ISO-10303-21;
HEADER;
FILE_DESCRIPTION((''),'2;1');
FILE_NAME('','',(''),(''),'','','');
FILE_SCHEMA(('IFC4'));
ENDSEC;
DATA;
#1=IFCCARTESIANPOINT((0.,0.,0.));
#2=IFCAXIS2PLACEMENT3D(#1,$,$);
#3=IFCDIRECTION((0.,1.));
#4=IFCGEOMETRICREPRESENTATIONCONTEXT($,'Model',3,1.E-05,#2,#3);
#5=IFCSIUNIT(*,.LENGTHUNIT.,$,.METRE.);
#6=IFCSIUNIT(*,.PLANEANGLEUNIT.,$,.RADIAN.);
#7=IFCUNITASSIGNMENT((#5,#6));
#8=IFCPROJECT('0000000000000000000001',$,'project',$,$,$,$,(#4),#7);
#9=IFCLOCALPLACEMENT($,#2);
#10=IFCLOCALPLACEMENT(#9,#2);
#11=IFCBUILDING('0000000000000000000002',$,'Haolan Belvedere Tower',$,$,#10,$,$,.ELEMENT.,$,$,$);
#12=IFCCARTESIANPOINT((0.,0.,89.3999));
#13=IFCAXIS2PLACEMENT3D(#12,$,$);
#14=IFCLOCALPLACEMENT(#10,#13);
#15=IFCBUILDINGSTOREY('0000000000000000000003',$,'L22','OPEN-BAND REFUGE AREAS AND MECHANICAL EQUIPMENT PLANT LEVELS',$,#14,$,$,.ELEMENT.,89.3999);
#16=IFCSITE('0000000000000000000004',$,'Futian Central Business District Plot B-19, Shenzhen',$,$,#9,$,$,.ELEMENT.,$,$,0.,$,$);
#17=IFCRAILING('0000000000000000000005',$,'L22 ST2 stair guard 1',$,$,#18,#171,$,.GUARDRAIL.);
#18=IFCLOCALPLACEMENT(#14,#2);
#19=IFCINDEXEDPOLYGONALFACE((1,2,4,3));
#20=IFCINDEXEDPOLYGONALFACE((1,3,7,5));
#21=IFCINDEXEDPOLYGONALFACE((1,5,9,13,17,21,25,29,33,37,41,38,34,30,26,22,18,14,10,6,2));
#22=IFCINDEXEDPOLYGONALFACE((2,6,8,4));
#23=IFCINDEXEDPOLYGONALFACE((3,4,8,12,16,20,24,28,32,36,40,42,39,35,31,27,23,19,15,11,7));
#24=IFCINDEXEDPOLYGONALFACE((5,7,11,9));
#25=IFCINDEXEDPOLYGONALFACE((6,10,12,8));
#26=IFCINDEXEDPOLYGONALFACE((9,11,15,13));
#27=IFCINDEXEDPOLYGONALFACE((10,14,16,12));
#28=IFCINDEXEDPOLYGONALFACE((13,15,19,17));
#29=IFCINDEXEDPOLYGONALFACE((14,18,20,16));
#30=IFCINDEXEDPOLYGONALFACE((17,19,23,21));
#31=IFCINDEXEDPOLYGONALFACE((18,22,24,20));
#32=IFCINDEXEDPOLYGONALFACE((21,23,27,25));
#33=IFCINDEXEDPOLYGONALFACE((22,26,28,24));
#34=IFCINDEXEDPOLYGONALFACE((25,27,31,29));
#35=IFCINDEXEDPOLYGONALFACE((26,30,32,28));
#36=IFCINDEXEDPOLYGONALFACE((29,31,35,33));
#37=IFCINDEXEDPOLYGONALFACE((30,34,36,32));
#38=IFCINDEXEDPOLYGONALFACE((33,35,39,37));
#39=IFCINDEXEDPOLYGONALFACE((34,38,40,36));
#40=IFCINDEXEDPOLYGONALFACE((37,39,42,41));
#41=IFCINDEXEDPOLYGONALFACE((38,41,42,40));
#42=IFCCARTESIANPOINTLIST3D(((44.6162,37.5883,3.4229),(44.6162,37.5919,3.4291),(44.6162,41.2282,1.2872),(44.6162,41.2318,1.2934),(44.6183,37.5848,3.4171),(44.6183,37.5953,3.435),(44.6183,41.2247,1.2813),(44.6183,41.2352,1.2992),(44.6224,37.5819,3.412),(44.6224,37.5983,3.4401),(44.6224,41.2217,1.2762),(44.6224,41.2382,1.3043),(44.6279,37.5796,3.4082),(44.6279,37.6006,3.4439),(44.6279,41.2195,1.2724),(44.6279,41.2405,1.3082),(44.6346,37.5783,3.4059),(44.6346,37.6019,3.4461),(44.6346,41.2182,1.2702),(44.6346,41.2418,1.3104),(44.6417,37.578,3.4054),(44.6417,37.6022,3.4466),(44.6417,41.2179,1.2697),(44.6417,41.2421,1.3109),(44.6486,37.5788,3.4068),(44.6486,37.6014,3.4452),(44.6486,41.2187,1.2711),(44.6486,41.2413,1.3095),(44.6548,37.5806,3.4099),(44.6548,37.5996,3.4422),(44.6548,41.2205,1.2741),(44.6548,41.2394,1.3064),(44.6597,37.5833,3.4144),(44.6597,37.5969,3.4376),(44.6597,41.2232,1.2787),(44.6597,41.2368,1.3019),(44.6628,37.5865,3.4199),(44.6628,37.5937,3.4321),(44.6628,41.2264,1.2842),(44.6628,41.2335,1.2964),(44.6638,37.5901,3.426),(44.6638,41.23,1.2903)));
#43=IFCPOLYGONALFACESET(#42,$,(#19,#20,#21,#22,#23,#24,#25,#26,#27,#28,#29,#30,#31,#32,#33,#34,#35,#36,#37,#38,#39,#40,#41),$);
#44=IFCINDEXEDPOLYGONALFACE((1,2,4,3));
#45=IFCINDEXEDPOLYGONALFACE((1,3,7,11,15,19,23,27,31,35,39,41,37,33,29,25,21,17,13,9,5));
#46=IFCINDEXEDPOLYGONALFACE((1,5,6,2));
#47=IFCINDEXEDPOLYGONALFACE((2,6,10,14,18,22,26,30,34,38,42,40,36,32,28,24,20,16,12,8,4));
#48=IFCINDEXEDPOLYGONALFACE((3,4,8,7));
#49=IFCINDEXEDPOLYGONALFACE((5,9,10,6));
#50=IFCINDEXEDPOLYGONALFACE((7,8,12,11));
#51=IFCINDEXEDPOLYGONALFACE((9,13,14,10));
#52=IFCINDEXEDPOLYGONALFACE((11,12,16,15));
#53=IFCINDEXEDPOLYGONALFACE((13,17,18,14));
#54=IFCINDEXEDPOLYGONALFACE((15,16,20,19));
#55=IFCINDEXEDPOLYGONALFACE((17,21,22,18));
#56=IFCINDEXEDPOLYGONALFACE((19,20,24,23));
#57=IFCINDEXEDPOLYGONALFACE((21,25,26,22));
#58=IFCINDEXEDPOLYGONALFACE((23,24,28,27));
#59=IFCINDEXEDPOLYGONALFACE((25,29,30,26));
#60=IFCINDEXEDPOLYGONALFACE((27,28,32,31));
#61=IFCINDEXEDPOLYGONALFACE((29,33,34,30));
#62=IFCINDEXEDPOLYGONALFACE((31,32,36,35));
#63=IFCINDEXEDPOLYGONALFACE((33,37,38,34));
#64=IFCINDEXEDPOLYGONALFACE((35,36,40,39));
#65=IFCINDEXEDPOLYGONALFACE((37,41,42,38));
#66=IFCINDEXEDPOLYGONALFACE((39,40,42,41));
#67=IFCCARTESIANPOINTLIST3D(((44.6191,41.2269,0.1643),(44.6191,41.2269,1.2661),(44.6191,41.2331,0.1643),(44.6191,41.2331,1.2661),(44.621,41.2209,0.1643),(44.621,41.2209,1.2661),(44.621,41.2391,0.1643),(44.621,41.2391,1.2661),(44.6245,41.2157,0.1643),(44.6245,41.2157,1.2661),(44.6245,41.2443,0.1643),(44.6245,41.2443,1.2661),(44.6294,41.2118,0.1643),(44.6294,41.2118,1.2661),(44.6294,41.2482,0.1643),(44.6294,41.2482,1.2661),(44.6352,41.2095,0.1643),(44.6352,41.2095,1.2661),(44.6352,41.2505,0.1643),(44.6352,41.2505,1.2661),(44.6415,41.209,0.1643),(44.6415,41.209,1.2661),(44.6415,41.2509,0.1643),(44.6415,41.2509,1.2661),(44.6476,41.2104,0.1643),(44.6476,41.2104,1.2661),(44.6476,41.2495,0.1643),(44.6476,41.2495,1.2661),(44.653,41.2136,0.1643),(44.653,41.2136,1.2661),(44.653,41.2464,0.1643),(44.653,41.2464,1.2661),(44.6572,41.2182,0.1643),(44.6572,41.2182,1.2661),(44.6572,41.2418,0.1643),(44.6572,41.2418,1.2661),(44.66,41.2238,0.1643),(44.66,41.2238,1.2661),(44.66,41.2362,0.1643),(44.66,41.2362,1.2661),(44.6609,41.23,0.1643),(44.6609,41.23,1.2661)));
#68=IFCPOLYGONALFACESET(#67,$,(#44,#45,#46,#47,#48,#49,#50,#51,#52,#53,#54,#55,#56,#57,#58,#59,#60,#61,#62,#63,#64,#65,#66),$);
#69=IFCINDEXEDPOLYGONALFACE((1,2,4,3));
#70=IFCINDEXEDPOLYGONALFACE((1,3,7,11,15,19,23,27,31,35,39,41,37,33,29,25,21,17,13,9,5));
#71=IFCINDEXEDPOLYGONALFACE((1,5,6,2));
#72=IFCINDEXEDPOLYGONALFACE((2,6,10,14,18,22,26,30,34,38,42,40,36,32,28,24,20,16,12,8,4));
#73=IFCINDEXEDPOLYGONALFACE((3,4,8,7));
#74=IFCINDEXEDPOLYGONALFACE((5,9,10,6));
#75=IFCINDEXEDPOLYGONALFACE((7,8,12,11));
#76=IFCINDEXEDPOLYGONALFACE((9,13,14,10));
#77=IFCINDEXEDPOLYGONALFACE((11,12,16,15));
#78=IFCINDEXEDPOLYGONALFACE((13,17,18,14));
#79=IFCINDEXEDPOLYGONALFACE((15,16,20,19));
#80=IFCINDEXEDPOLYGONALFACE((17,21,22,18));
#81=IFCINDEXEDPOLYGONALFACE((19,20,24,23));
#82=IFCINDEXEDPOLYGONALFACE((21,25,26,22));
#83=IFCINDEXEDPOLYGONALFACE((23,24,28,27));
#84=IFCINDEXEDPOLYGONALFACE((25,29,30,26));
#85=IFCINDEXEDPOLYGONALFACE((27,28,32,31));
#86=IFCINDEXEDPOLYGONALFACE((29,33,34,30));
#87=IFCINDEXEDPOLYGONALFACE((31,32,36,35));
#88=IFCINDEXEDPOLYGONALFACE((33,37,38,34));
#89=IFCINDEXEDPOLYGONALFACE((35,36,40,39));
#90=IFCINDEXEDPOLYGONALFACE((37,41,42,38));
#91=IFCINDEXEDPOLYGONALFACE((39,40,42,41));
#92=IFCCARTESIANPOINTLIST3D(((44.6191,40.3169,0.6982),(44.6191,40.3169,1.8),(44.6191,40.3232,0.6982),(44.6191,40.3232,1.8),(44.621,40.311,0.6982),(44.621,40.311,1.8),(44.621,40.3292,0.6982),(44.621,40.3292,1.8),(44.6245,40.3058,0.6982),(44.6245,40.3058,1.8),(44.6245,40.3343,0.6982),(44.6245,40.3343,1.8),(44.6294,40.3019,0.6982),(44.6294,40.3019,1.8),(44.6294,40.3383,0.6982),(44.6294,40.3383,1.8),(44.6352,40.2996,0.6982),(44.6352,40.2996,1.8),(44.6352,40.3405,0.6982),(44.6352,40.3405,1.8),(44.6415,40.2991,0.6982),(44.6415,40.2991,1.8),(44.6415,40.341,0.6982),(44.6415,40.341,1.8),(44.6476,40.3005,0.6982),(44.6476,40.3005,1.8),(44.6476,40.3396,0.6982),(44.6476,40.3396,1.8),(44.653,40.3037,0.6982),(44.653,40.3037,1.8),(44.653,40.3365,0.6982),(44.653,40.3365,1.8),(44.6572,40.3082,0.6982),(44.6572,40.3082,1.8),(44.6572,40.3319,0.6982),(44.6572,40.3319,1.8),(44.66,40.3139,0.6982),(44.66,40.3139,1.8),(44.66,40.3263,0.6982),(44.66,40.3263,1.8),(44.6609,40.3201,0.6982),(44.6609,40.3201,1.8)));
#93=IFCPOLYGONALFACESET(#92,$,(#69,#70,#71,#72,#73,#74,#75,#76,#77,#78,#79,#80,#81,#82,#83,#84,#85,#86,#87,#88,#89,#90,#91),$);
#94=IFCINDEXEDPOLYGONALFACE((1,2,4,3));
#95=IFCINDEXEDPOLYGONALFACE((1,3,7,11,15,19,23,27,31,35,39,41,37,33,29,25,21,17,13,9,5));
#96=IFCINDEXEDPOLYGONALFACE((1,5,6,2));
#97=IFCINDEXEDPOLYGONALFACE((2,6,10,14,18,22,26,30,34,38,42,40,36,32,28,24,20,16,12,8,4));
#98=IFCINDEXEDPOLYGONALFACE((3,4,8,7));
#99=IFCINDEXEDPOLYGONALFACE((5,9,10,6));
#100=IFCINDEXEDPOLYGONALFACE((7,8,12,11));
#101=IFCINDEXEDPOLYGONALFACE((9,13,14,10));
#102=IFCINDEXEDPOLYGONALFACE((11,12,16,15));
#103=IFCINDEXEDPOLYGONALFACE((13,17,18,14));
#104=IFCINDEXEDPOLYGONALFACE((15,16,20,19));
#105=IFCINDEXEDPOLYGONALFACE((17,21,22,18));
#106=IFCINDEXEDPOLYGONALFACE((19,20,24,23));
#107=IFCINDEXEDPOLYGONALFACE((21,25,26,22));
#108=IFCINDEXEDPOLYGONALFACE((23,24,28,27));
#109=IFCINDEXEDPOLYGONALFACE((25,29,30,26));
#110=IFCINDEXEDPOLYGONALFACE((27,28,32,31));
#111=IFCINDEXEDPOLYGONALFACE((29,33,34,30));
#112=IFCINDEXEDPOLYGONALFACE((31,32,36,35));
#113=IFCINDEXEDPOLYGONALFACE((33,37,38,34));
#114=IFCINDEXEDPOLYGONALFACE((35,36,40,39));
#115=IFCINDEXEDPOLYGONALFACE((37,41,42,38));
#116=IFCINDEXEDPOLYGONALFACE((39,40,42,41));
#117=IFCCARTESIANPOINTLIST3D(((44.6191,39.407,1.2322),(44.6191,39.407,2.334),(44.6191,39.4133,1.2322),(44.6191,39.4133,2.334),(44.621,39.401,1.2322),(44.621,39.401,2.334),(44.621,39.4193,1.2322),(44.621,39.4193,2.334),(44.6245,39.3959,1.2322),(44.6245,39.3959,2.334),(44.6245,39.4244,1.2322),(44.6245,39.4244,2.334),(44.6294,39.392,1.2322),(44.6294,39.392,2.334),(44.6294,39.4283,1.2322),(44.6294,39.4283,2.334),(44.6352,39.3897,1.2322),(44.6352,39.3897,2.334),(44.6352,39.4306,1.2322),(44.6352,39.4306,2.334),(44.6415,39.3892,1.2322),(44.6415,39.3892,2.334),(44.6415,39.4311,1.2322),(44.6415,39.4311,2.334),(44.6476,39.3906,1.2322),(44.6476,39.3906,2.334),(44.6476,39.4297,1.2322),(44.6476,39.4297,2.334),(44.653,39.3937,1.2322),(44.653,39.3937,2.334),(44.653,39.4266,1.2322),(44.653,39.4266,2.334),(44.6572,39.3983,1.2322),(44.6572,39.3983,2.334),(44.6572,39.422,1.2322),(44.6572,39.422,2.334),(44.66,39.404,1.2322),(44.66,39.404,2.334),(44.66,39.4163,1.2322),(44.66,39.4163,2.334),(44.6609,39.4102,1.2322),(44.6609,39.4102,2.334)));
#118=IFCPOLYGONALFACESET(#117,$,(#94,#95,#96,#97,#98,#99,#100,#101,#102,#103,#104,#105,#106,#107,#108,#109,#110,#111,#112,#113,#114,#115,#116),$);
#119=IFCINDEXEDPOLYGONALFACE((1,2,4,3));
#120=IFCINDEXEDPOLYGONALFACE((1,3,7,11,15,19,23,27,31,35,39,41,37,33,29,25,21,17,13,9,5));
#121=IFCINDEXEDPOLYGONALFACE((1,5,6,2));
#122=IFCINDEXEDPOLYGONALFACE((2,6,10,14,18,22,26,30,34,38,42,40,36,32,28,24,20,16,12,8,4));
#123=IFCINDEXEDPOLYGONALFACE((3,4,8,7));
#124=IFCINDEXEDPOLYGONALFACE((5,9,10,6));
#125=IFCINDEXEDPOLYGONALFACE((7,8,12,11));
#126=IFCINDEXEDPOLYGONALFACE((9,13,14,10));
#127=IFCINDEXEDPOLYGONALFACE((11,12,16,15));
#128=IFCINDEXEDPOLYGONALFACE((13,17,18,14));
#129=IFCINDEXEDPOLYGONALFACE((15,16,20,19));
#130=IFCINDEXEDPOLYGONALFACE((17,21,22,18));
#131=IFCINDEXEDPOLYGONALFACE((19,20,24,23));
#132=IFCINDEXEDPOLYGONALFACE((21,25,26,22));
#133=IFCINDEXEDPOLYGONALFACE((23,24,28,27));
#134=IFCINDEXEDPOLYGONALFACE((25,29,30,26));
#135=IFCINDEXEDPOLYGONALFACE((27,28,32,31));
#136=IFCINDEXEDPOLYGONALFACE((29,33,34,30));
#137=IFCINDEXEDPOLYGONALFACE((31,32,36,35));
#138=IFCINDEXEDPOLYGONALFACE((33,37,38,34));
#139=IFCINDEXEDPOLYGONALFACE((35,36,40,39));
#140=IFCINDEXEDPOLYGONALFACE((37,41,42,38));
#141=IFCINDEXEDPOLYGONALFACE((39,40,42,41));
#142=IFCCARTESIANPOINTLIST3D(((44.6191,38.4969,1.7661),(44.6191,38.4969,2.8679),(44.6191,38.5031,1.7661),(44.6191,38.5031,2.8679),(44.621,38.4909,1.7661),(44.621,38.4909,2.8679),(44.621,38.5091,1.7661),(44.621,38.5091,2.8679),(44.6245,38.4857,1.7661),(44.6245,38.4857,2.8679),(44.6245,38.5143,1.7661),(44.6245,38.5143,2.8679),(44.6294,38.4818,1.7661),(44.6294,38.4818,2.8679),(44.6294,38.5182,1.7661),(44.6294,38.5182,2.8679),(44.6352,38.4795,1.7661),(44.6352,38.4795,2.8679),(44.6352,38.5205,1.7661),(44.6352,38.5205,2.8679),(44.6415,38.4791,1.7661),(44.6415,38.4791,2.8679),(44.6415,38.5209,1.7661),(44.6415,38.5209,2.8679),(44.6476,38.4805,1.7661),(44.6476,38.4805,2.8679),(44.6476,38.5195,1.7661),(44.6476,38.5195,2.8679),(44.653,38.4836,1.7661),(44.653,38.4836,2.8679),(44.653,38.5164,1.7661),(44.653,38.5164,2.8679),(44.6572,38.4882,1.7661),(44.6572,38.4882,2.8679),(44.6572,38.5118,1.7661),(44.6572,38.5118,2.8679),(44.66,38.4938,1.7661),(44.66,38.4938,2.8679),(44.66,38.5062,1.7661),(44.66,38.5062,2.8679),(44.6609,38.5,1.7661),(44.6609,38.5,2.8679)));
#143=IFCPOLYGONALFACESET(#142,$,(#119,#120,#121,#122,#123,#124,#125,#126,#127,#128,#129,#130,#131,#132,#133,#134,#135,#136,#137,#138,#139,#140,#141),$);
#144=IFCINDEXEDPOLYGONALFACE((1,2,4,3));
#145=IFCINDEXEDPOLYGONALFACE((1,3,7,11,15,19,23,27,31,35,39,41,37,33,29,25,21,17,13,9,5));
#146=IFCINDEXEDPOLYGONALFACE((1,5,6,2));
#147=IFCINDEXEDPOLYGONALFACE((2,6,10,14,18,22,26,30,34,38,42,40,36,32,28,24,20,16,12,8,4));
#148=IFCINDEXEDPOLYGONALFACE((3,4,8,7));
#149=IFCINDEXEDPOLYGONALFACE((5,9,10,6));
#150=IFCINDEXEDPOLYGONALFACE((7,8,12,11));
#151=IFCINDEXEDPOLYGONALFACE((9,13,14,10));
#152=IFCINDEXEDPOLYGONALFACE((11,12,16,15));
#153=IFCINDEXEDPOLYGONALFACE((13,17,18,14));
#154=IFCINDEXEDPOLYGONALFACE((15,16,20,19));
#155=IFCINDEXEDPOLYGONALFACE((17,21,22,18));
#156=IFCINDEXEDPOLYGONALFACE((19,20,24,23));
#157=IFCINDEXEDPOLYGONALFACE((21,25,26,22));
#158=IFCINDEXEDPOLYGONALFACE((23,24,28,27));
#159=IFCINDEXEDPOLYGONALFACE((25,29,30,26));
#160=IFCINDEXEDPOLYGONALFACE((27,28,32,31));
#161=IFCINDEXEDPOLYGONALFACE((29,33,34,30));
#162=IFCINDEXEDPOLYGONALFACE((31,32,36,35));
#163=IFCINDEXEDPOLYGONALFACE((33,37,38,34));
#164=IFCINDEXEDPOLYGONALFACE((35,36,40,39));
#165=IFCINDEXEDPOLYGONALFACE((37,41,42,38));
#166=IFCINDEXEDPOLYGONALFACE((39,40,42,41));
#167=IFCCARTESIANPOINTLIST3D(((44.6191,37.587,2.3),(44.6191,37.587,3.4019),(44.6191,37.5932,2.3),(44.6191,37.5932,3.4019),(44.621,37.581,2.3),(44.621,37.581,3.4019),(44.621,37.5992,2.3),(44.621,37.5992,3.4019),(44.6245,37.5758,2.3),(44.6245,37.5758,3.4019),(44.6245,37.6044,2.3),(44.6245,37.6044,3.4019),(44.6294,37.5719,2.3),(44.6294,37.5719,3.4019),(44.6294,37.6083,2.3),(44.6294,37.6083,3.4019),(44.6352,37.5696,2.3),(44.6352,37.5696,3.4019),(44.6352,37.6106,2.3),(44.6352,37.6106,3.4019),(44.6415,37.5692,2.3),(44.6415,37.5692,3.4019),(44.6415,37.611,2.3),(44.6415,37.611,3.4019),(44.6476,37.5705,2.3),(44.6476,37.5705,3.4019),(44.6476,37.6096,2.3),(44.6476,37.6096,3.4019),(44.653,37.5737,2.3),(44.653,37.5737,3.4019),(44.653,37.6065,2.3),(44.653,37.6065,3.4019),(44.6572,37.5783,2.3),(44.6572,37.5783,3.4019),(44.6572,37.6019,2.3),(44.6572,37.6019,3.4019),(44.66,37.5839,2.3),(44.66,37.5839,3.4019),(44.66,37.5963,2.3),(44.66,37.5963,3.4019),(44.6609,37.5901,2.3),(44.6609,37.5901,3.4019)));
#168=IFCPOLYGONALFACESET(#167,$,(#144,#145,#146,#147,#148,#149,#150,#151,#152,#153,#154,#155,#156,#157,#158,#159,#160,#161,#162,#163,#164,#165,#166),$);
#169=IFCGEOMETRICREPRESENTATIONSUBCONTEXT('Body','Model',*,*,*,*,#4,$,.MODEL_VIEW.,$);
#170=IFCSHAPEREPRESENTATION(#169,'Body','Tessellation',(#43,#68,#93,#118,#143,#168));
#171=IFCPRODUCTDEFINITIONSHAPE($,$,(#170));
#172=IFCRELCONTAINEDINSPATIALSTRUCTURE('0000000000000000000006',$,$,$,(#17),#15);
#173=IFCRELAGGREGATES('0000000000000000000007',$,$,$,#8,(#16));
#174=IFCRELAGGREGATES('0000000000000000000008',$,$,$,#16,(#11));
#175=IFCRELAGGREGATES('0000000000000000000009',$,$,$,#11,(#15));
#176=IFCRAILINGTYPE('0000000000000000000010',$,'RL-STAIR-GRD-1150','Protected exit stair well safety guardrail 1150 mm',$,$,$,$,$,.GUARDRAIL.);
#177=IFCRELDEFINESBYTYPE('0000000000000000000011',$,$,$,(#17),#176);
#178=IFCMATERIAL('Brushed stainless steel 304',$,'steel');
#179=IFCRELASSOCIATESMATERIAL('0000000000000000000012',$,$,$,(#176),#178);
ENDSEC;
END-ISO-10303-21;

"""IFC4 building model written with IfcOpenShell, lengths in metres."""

from ifc_helpers import new_model, si_unit, direction, frame, origin, origin_2d, place, context, subcontext, project, spatial, circle, extrude, material, type_object, element, save


model = new_model("IFC4")

# Units and contexts
model_context = context("Model", 3, precision=1e-05, world=origin(), true_north=direction((0.0, 1.0)))
body_context = subcontext(model_context, "Body", "Model", "MODEL_VIEW")
ifc_project = project(units=[si_unit("LENGTHUNIT", "METRE"), si_unit("PLANEANGLEUNIT", "RADIAN")], contexts=[model_context])

# Site, building, storey
site_placement = place(None, origin())
site = spatial("IfcSite", under=ifc_project, at=site_placement, Name="Futian Central Business District Plot B-19, Shenzhen", CompositionType="ELEMENT", RefElevation=0.0)
building_placement = place(site_placement, origin())
building = spatial("IfcBuilding", under=site, at=building_placement, Name="Haolan Belvedere Tower", CompositionType="ELEMENT")
storey_placement = place(building_placement, frame((0.0, 0.0, 89.3999)))
storey = spatial("IfcBuildingStorey", under=building, at=storey_placement, Name="L22", Description="OPEN-BAND REFUGE AREAS AND MECHANICAL EQUIPMENT PLANT LEVELS", CompositionType="ELEMENT", Elevation=89.3999)

# Railing
ifc_material_1 = material(Name="Brushed stainless steel 304", Category="steel")
railing_type_1 = type_object("IfcRailingType", Name="RL-STAIR-GRD-1150", Description="Protected exit stair well safety guardrail 1150 mm", PredefinedType="GUARDRAIL", material=ifc_material_1)
railing_1_placement = place(storey_placement, frame((44.6399, 41.23, 0.1643)))
element("IfcRailing", 1, at=railing_1_placement, inside=storey, type_object=railing_type_1, Name="L22 ST2 stair guard 1", PredefinedType="GUARDRAIL", context=body_context, shape_type="SweptSolid", body=[
    extrude(circle(Radius=0.0239, at=origin_2d()), frame((0.0, 0.0, 1.126), z_axis=(0.0, -0.86249, 0.506074), x_axis=(1.0, 0.0, 0.0)), (0.0, 0.0, 1.0), 4.2202),
    extrude(circle(Radius=0.021, at=origin_2d()), origin(), (0.0, 0.0, 1.0), 1.1018),
    extrude(circle(Radius=0.021, at=origin_2d()), frame((0.0, -0.9099, 0.5339)), (0.0, 0.0, 1.0), 1.1018),
    extrude(circle(Radius=0.021, at=origin_2d()), frame((0.0, -1.8198, 1.0679)), (0.0, 0.0, 1.0), 1.1018),
    extrude(circle(Radius=0.021, at=origin_2d()), frame((0.0, -2.73, 1.6018)), (0.0, 0.0, 1.0), 1.1018),
    extrude(circle(Radius=0.021, at=origin_2d()), frame((0.0, -3.6399, 2.1357)), (0.0, 0.0, 1.0), 1.1018),
])

save(model, "model.ifc")
